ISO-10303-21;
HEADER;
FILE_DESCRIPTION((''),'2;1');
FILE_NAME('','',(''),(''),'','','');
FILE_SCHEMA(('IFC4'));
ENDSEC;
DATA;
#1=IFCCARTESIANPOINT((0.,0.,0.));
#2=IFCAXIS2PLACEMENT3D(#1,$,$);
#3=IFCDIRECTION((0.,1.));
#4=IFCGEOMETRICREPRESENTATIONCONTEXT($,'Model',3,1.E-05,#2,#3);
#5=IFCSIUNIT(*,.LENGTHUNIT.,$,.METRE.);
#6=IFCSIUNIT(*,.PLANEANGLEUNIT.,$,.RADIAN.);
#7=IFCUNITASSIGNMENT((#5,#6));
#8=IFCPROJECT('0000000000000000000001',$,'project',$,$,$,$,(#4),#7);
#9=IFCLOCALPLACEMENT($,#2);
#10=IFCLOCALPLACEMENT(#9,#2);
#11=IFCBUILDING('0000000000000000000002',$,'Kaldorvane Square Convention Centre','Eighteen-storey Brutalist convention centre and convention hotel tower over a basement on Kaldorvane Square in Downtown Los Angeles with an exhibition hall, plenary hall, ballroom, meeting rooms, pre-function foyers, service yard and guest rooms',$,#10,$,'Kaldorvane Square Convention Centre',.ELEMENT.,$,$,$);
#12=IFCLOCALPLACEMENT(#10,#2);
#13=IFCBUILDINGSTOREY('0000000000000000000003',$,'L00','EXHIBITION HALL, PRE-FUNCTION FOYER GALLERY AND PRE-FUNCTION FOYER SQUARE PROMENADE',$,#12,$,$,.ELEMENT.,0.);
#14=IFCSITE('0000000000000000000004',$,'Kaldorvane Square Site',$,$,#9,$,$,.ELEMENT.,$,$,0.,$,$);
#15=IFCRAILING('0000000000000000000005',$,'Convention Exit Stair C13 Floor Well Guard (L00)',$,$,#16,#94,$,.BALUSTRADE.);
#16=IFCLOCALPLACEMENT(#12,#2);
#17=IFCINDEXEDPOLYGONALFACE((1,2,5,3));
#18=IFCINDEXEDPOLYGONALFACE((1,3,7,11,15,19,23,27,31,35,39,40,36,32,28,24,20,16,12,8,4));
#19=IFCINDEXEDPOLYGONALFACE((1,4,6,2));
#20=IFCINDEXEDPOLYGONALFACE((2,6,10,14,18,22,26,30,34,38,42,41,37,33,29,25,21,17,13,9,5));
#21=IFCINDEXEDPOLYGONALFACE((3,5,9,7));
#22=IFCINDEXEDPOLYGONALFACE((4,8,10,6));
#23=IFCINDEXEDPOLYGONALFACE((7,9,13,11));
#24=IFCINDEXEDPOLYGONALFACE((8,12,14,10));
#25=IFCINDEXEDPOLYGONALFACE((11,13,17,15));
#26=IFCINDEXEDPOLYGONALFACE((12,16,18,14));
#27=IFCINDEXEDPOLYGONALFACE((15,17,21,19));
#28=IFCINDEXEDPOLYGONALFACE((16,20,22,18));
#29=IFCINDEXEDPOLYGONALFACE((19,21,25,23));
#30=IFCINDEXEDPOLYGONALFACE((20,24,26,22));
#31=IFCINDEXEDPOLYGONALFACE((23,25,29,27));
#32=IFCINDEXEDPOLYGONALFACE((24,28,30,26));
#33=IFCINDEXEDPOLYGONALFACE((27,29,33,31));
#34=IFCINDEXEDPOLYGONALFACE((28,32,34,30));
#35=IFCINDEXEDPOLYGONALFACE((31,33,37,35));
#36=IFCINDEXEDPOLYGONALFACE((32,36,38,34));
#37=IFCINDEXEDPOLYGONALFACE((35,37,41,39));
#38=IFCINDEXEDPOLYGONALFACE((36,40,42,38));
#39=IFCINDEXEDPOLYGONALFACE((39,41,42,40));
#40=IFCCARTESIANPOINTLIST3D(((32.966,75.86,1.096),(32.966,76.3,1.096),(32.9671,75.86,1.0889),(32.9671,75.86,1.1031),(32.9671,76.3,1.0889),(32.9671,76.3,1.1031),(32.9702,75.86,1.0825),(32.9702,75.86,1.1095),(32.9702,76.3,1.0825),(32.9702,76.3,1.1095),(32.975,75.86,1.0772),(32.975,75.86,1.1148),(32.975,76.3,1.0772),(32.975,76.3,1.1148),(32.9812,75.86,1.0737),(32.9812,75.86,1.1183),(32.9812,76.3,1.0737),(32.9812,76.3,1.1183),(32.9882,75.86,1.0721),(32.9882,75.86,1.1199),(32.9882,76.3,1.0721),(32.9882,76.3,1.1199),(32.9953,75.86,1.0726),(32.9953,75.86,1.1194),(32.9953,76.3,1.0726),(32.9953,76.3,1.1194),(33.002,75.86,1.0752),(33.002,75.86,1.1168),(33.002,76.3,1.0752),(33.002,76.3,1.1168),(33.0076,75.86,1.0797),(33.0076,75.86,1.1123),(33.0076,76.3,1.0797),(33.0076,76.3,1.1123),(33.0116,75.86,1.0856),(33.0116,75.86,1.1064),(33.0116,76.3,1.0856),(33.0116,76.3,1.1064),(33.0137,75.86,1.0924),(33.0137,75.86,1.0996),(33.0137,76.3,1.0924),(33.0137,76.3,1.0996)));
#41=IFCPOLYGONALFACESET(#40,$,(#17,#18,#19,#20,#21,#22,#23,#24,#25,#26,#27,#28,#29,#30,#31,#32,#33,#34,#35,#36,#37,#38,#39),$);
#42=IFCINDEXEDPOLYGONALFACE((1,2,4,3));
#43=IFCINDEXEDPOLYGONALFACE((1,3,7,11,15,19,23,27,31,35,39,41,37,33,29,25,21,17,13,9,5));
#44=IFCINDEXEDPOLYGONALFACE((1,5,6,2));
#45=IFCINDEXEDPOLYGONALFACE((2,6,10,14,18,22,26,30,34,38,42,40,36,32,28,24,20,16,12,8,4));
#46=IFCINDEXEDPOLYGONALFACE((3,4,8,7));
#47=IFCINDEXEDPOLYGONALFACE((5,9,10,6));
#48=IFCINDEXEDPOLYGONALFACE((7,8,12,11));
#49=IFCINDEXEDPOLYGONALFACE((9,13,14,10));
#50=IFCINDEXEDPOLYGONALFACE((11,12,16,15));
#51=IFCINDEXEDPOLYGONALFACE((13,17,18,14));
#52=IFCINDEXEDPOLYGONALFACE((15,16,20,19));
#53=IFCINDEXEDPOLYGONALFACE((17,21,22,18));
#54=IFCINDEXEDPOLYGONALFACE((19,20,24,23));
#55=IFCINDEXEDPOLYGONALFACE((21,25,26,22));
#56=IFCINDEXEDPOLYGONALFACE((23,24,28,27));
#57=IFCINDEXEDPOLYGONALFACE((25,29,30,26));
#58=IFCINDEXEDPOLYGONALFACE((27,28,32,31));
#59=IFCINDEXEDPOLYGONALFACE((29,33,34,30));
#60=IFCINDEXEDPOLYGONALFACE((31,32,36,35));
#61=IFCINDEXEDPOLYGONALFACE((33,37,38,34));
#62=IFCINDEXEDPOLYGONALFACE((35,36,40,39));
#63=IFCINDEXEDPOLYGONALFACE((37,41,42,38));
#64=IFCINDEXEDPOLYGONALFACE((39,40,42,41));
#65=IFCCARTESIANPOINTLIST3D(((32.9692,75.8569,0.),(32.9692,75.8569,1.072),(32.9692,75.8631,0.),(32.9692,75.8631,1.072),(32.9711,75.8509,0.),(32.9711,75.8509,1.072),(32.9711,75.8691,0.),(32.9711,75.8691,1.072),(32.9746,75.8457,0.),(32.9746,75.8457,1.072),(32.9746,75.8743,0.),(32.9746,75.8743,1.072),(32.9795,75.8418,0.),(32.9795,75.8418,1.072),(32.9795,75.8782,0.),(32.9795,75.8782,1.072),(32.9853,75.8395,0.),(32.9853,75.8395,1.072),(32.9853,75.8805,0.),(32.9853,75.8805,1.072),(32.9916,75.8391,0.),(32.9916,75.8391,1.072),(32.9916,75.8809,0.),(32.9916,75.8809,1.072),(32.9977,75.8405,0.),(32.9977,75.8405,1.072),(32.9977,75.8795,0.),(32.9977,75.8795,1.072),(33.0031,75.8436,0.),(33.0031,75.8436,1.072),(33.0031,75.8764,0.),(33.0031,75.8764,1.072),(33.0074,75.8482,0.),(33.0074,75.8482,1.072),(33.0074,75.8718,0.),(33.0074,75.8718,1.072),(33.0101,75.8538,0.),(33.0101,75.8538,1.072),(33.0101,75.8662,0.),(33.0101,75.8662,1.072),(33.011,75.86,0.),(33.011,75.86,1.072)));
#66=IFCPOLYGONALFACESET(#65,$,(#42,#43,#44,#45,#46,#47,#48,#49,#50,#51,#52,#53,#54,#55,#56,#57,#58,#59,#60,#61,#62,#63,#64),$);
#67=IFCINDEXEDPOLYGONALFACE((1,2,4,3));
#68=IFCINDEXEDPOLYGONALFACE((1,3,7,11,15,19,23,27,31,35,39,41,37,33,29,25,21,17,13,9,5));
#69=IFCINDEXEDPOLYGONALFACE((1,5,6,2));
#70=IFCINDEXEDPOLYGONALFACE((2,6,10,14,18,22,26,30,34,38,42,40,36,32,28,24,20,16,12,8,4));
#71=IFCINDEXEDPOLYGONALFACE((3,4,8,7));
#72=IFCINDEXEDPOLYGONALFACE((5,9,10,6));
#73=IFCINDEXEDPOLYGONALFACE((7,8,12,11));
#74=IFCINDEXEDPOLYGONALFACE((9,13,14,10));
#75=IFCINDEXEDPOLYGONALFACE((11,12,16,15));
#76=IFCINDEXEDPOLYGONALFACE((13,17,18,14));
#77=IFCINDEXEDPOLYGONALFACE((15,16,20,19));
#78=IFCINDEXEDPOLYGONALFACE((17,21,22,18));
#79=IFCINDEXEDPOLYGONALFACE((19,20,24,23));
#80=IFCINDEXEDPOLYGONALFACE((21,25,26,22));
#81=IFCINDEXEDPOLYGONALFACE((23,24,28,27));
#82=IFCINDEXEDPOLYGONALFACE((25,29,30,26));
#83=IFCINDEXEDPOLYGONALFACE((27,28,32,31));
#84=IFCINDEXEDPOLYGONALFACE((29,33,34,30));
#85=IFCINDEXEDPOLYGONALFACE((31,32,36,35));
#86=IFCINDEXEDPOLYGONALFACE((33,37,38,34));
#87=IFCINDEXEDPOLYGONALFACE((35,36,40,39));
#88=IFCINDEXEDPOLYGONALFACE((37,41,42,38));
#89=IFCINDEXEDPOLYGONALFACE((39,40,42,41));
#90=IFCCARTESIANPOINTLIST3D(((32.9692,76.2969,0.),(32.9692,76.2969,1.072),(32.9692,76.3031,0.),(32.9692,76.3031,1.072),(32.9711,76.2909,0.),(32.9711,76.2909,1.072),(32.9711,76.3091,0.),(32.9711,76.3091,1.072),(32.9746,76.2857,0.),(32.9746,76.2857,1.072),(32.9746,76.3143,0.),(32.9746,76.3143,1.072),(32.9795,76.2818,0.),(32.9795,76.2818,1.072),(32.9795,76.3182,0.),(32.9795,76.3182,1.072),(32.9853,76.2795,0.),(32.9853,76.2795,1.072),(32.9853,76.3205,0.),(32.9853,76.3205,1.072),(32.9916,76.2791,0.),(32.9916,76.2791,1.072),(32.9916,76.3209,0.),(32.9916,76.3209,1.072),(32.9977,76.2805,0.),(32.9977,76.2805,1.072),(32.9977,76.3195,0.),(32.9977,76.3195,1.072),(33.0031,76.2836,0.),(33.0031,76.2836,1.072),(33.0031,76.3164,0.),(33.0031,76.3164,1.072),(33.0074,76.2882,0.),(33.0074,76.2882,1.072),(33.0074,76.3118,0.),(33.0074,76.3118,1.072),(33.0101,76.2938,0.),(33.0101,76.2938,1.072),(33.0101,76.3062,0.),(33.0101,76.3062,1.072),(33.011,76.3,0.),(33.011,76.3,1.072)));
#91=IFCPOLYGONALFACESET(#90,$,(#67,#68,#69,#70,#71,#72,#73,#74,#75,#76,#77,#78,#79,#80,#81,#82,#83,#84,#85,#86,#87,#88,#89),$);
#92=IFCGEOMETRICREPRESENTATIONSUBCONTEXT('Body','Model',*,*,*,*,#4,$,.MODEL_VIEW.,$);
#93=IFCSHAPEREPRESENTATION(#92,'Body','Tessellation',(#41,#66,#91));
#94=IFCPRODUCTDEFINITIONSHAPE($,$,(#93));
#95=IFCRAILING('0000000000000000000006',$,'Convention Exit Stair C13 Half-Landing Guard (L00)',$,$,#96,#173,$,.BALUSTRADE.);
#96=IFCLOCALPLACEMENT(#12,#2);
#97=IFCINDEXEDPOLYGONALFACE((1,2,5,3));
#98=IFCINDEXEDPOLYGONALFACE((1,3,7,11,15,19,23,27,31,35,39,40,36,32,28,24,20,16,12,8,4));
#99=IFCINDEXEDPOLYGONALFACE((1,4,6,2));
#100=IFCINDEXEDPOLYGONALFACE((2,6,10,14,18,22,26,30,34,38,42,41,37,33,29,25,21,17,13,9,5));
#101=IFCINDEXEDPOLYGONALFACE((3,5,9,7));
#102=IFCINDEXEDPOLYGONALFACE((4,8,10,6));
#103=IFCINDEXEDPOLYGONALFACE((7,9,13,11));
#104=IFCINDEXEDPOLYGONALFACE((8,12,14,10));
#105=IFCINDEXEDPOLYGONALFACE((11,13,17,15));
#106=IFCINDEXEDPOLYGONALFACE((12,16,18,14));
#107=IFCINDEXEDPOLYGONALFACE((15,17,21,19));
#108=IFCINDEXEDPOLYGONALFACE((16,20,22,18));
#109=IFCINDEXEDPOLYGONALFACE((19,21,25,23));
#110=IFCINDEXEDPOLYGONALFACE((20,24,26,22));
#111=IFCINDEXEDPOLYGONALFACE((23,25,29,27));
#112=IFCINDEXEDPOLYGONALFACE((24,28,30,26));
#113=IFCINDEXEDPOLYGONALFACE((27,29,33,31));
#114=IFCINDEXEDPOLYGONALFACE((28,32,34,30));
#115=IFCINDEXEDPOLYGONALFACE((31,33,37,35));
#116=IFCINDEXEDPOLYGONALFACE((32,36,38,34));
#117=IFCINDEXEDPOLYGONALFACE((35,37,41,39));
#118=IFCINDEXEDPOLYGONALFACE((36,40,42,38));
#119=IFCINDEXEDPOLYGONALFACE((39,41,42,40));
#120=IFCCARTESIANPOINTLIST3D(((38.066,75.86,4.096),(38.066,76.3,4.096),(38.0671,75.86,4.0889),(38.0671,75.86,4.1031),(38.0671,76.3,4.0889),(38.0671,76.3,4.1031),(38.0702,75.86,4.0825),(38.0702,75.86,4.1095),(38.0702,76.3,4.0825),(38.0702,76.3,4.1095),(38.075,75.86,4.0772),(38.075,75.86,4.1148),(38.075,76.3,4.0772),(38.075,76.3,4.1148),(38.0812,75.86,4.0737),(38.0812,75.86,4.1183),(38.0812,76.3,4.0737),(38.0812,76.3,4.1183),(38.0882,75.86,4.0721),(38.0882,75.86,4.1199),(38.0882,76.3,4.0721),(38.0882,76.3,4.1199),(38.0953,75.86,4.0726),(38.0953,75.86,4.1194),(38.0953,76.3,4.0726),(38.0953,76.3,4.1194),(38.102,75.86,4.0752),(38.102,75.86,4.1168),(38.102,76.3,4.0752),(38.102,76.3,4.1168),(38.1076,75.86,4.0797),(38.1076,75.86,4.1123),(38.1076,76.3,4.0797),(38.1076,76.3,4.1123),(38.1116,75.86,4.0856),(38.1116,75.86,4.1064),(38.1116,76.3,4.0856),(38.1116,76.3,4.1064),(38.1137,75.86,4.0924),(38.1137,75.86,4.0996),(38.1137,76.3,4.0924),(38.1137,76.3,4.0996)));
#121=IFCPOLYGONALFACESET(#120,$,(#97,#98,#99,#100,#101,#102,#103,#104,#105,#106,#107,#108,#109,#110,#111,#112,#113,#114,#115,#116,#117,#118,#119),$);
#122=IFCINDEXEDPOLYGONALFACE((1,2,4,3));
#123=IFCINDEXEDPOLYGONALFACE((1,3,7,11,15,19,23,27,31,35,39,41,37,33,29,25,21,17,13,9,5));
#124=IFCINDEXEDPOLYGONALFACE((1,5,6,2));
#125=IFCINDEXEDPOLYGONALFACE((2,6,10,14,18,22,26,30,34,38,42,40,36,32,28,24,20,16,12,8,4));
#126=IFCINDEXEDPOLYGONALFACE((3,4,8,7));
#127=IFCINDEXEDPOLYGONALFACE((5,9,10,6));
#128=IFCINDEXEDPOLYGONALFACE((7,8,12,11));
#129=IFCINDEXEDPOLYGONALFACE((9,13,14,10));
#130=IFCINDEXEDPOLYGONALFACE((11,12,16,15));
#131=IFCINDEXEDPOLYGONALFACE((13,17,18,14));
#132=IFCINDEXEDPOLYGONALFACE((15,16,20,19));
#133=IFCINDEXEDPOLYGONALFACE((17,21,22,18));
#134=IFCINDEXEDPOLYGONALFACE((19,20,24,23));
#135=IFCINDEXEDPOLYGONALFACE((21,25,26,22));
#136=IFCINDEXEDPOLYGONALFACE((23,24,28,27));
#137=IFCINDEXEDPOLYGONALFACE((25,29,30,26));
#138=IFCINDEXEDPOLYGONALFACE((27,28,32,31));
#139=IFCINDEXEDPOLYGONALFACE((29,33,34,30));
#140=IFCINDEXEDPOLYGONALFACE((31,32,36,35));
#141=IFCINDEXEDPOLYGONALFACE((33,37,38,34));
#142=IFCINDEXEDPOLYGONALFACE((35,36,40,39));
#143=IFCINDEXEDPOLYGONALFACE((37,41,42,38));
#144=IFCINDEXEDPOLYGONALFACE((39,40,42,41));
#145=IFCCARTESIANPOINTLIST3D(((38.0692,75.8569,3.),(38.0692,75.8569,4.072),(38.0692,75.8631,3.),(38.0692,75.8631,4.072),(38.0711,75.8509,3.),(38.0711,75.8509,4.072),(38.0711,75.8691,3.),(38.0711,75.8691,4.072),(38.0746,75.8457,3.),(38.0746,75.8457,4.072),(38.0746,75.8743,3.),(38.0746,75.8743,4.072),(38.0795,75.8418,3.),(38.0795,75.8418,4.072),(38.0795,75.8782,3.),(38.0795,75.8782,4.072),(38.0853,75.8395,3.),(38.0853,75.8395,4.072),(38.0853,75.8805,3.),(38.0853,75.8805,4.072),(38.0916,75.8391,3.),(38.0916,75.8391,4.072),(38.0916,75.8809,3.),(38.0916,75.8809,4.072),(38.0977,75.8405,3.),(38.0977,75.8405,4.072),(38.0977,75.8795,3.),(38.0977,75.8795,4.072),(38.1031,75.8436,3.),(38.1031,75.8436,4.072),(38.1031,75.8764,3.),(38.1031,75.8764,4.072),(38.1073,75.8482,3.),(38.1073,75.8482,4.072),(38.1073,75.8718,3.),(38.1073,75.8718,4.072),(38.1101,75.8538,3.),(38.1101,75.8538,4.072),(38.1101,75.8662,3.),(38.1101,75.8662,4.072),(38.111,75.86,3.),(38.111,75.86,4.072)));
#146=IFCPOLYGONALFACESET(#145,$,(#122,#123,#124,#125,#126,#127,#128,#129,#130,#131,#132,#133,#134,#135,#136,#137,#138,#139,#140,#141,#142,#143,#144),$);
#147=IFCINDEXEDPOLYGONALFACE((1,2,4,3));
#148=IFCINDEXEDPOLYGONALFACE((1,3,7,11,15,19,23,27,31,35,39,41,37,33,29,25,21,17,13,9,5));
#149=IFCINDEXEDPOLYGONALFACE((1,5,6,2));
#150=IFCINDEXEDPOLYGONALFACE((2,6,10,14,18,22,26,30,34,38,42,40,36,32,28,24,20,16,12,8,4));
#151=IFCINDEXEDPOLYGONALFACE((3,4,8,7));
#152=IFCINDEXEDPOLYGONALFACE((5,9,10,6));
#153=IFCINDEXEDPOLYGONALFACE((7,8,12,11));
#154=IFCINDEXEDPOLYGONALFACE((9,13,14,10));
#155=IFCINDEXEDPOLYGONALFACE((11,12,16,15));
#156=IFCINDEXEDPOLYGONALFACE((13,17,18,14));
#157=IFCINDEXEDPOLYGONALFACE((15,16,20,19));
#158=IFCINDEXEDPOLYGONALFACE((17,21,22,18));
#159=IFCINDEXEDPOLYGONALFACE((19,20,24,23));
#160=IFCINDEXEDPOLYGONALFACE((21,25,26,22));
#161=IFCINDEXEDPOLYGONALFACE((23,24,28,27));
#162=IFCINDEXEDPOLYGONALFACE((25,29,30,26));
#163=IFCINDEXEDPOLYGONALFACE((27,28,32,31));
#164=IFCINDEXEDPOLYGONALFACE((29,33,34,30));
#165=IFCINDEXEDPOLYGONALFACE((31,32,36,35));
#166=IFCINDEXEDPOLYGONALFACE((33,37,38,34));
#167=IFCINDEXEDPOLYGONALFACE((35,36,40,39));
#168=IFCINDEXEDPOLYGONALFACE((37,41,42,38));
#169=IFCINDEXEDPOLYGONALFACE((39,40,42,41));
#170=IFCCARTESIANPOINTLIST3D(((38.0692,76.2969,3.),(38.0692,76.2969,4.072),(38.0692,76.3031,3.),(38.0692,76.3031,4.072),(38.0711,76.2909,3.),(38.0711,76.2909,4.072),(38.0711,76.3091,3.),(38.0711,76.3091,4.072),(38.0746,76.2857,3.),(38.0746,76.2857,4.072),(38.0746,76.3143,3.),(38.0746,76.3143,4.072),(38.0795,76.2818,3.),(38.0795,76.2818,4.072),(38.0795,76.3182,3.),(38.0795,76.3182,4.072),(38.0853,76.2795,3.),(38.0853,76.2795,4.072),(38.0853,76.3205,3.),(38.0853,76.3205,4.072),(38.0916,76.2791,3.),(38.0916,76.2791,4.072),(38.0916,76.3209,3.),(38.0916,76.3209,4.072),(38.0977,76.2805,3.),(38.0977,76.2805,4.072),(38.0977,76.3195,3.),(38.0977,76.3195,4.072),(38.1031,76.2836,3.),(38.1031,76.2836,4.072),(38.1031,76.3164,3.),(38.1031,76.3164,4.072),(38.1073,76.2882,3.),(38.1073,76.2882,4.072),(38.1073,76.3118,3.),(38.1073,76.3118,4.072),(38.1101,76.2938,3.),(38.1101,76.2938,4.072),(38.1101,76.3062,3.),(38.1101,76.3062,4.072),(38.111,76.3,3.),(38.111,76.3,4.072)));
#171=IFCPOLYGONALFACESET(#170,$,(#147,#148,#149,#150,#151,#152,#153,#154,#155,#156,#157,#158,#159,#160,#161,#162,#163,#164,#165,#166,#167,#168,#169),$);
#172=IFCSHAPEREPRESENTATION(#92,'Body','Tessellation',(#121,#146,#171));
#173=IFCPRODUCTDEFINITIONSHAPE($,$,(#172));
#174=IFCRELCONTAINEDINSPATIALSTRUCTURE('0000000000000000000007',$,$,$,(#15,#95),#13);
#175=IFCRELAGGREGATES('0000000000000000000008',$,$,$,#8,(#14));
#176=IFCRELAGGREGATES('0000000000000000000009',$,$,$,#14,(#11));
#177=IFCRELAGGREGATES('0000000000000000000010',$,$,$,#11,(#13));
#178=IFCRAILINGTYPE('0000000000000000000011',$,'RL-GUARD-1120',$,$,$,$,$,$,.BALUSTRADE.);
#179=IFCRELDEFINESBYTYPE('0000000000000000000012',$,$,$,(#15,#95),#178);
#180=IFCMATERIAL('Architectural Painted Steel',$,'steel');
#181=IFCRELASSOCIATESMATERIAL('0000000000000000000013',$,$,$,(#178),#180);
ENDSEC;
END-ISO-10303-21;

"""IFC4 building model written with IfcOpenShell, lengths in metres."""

from ifc_helpers import new_model, si_unit, direction, frame, origin, origin_2d, place, context, subcontext, project, spatial, circle, extrude, material, type_object, element, save


model = new_model("IFC4")

# Units and contexts
model_context = context("Model", 3, precision=1e-05, world=origin(), true_north=direction((0.0, 1.0)))
body_context = subcontext(model_context, "Body", "Model", "MODEL_VIEW")
ifc_project = project(units=[si_unit("LENGTHUNIT", "METRE"), si_unit("PLANEANGLEUNIT", "RADIAN")], contexts=[model_context])

# Site, building, storey
site_placement = place(None, origin())
site = spatial("IfcSite", under=ifc_project, at=site_placement, Name="Kaldorvane Square Site", CompositionType="ELEMENT", RefElevation=0.0)
building_placement = place(site_placement, origin())
building = spatial("IfcBuilding", under=site, at=building_placement, Name="Kaldorvane Square Convention Centre", Description="Eighteen-storey Brutalist convention centre and convention hotel tower over a basement on Kaldorvane Square in Downtown Los Angeles with an exhibition hall, plenary hall, ballroom, meeting rooms, pre-function foyers, service yard and guest rooms", LongName="Kaldorvane Square Convention Centre", CompositionType="ELEMENT")
storey_placement = place(building_placement, origin())
storey = spatial("IfcBuildingStorey", under=building, at=storey_placement, Name="L00", Description="EXHIBITION HALL, PRE-FUNCTION FOYER GALLERY AND PRE-FUNCTION FOYER SQUARE PROMENADE", CompositionType="ELEMENT", Elevation=0.0)

# Railings
ifc_material_1 = material(Name="Architectural Painted Steel", Category="steel")
railing_type_1 = type_object("IfcRailingType", Name="RL-GUARD-1120", PredefinedType="BALUSTRADE", material=ifc_material_1)
for number, where, name in (
    (1, (32.99, 75.86, 0.0), "Convention Exit Stair C13 Floor Well Guard (L00)"),
    (2, (38.09, 75.86, 3.0), "Convention Exit Stair C13 Half-Landing Guard (L00)"),
):
    element("IfcRailing", number, at=place(storey_placement, frame(where)), inside=storey, type_object=railing_type_1, Name=name, PredefinedType="BALUSTRADE", context=body_context, shape_type="SweptSolid", body=[
        extrude(circle(Radius=0.024, at=origin_2d()), frame((0.0, 0.0, 1.096), z_axis=(0.0, 1.0, 0.0), x_axis=(-1.0, 0.0, 0.0)), (0.0, 0.0, 1.0), 0.44),
        extrude(circle(Radius=0.021, at=origin_2d()), origin(), (0.0, 0.0, 1.0), 1.072),
        extrude(circle(Radius=0.021, at=origin_2d()), frame((0.0, 0.44, 0.0)), (0.0, 0.0, 1.0), 1.072),
    ])

save(model, "model.ifc")
